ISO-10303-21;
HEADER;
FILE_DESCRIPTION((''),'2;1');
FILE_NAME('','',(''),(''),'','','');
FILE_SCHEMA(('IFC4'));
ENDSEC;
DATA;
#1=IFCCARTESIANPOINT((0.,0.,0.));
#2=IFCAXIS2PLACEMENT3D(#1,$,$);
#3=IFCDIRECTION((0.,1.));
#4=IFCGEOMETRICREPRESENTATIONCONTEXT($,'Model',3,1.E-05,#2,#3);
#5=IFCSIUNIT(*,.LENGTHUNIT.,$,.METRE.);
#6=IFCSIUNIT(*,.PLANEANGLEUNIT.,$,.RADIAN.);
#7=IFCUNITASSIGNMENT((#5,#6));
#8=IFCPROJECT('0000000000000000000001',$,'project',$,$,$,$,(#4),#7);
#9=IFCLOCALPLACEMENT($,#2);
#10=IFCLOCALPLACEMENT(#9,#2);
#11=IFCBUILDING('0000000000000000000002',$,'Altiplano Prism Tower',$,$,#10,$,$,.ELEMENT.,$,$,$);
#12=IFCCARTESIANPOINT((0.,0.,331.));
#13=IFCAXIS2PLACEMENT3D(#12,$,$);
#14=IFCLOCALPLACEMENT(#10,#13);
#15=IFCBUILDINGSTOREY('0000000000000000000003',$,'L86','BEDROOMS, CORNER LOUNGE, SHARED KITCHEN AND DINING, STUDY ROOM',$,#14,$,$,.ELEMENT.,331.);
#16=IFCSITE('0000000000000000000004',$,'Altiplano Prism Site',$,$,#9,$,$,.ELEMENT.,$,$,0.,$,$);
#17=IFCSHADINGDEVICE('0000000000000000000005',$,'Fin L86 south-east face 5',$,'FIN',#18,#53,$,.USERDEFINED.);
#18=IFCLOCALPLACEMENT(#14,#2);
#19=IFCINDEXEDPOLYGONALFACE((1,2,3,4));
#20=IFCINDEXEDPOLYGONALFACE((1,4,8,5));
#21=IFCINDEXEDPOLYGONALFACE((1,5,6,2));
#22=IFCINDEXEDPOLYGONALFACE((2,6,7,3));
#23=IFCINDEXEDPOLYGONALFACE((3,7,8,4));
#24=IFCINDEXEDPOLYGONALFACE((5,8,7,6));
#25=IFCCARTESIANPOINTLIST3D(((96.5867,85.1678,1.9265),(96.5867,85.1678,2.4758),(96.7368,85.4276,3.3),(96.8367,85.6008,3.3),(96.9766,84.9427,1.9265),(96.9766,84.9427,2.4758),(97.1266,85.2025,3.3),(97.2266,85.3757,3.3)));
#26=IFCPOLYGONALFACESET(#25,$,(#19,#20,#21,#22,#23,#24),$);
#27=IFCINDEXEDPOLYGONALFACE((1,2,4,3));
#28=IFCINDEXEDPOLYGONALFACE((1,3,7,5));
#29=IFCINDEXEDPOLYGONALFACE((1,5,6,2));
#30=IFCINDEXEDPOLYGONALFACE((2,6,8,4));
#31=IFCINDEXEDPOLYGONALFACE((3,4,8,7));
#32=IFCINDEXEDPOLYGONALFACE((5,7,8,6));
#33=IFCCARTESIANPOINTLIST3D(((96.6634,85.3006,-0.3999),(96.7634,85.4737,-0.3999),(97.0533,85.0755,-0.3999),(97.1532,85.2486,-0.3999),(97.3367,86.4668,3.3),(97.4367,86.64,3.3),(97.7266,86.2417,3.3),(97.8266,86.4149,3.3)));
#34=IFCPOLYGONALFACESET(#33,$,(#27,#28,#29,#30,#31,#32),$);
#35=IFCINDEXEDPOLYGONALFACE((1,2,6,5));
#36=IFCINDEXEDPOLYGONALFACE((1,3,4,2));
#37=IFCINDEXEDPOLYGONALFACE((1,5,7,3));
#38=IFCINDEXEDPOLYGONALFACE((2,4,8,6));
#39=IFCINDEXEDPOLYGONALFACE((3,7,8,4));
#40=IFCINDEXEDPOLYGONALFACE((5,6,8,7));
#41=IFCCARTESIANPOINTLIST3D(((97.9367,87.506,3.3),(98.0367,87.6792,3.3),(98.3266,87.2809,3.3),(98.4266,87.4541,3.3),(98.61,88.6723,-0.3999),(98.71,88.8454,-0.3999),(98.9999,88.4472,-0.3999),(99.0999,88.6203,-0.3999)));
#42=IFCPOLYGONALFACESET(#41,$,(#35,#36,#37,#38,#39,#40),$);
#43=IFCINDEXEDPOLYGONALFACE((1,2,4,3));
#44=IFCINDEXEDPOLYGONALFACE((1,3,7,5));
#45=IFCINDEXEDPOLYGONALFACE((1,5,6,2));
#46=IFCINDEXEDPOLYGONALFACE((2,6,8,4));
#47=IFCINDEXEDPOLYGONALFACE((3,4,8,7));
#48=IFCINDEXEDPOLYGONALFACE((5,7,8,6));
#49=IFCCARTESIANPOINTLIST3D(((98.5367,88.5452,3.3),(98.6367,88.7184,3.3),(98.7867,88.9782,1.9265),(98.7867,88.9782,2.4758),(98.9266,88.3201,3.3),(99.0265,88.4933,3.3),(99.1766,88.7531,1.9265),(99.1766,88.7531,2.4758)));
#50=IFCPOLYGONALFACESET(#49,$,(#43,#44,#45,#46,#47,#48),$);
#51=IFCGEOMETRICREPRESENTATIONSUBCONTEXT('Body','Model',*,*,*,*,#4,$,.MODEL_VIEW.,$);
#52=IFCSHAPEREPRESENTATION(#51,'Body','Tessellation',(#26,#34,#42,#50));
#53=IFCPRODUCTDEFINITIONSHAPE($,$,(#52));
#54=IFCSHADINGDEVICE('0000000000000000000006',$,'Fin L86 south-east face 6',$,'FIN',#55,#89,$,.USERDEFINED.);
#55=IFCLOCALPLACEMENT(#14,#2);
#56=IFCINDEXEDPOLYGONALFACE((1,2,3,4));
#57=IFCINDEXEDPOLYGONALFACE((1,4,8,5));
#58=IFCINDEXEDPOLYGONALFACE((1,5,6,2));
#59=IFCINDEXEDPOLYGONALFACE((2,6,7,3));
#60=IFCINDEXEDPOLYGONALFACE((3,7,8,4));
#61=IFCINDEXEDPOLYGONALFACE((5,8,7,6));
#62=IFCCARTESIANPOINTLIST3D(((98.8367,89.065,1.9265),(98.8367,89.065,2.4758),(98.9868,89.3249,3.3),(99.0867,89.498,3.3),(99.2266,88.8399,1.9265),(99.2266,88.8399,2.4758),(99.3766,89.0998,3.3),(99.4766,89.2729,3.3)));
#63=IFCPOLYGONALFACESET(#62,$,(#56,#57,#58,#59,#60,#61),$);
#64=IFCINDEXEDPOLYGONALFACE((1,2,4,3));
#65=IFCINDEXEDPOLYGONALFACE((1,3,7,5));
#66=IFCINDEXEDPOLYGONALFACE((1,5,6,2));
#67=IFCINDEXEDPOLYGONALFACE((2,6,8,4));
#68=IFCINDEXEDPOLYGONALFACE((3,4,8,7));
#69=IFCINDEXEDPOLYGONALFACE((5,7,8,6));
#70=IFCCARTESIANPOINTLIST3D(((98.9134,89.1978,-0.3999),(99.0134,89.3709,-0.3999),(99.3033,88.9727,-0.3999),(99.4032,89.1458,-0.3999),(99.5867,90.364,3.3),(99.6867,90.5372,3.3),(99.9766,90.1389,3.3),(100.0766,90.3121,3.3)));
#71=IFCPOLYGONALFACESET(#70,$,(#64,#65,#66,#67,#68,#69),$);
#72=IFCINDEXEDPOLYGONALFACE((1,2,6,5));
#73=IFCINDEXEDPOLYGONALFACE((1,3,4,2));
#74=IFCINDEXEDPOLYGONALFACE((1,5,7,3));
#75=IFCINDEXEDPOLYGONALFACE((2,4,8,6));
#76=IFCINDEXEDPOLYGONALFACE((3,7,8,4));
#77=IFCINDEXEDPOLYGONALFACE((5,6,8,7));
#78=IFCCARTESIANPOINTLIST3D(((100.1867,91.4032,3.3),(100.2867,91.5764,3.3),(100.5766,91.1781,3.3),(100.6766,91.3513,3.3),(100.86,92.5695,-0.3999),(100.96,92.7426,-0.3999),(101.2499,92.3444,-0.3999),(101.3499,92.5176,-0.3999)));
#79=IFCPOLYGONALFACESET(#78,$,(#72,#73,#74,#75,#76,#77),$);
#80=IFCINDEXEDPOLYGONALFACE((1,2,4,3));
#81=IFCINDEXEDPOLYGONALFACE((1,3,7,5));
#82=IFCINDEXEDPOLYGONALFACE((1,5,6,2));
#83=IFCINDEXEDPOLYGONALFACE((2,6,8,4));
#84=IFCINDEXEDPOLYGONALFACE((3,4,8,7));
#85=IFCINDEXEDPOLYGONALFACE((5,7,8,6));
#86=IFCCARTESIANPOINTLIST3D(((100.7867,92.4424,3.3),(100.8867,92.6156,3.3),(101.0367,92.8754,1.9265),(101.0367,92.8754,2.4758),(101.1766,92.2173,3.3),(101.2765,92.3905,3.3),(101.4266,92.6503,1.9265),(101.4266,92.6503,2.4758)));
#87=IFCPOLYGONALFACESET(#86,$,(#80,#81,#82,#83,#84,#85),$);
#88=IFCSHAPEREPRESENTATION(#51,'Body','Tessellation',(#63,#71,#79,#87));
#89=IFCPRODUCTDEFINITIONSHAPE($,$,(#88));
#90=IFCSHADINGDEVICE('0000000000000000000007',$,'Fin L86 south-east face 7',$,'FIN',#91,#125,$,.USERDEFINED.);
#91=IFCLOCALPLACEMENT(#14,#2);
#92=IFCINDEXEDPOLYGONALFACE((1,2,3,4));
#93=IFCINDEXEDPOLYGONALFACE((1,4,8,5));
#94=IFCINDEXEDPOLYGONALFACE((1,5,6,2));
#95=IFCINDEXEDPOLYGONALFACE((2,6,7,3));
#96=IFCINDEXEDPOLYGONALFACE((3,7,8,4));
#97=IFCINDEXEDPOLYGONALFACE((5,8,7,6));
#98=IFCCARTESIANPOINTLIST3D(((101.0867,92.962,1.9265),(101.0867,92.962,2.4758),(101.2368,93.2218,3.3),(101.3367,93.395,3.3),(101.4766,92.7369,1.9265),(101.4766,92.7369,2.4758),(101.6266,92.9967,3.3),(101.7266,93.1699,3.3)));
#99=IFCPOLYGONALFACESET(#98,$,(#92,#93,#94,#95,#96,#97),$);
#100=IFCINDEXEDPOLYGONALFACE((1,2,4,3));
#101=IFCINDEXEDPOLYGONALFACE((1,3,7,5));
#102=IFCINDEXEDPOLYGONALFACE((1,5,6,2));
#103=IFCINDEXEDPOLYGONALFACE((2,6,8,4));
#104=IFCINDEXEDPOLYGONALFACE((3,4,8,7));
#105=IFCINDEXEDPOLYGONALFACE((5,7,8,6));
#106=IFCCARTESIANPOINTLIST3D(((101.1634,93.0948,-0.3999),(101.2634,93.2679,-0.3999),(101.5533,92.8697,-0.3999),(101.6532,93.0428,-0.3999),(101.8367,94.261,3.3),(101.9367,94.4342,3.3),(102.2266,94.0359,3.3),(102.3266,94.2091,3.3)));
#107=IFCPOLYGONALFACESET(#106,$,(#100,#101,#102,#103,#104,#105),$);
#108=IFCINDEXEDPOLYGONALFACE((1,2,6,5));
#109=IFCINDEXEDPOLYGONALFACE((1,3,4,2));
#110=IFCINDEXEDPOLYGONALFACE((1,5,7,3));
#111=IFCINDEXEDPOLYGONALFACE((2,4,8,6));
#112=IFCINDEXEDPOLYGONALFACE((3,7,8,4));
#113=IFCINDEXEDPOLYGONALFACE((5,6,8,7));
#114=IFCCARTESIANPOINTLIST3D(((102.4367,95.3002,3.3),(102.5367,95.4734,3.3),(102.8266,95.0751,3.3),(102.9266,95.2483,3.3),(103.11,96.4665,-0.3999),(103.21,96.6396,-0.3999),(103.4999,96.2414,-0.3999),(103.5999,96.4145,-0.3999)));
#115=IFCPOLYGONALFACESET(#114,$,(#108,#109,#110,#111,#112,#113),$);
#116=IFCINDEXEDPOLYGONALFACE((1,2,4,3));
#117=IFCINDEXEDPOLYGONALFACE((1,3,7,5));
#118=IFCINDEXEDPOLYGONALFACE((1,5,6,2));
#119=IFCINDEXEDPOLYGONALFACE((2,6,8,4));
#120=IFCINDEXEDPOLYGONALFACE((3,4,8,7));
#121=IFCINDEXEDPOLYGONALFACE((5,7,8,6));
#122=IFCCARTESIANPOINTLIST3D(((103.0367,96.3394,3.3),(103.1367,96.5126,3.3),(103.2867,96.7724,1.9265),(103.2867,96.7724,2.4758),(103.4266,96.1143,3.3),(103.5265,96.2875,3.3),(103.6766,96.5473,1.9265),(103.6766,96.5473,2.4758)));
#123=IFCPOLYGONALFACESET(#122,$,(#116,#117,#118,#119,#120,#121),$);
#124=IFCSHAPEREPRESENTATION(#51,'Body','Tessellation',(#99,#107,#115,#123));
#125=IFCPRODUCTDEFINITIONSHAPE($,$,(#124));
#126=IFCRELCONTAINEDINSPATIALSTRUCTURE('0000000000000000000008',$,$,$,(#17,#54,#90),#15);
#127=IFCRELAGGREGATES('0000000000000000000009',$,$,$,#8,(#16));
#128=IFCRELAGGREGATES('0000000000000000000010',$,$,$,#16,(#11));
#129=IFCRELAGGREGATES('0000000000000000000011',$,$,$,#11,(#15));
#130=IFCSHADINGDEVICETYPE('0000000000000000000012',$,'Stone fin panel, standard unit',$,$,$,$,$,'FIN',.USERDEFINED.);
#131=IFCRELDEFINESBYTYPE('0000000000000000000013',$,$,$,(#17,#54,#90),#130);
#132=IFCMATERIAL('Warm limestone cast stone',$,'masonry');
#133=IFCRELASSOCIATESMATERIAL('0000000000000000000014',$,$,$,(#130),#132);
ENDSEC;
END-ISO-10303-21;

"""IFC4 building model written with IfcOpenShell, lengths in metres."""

from ifc_helpers import new_model, si_unit, direction, frame, origin, place, context, subcontext, project, spatial, polyline, outline, extrude, source, transform, mapped, material, type_object, element, save


model = new_model("IFC4")

# Units and contexts
model_context = context("Model", 3, precision=1e-05, world=origin(), true_north=direction((0.0, 1.0)))
body_context = subcontext(model_context, "Body", "Model", "MODEL_VIEW")
ifc_project = project(units=[si_unit("LENGTHUNIT", "METRE"), si_unit("PLANEANGLEUNIT", "RADIAN")], contexts=[model_context])

# Site, building, storey
site_placement = place(None, origin())
site = spatial("IfcSite", under=ifc_project, at=site_placement, Name="Altiplano Prism Site", CompositionType="ELEMENT", RefElevation=0.0)
building_placement = place(site_placement, origin())
building = spatial("IfcBuilding", under=site, at=building_placement, Name="Altiplano Prism Tower", CompositionType="ELEMENT")
storey_placement = place(building_placement, frame((0.0, 0.0, 331.0)))
storey = spatial("IfcBuildingStorey", under=building, at=storey_placement, Name="L86", Description="BEDROOMS, CORNER LOUNGE, SHARED KITCHEN AND DINING, STUDY ROOM", CompositionType="ELEMENT", Elevation=331.0)

# Shading devices
ifc_material_1 = material(Name="Warm limestone cast stone", Category="masonry")
shading_device_type_1 = type_object("IfcShadingDeviceType", Name="Stone fin panel, standard unit", ElementType="FIN", PredefinedType="USERDEFINED", material=ifc_material_1)
shared_shape_1 = source(origin(), body_context, "Body", "SweptSolid", [
    extrude(outline(polyline([(-2.2, 2.3264), (-1.7, 3.7), (-1.8999, 3.7), (-2.2, 2.8757), (-2.2, 2.3264)])), frame((0.0, -0.1499, 0.0), z_axis=(0.0, -1.0, 0.0), x_axis=(1.0, 0.0, 0.0)), (0.0, 0.0, 1.0), 0.4502),
    extrude(outline(polyline([(-2.0466, 0.0), (-1.8467, 0.0), (-0.5, 3.7), (-0.7, 3.7), (-2.0466, 0.0)])), frame((0.0, -0.1499, 0.0), z_axis=(0.0, -1.0, 0.0), x_axis=(1.0, 0.0, 0.0)), (0.0, 0.0, 1.0), 0.4502),
    extrude(outline(polyline([(1.8467, 0.0), (2.0466, 0.0), (0.7, 3.7), (0.5, 3.7), (1.8467, 0.0)])), frame((0.0, -0.1499, 0.0), z_axis=(0.0, -1.0, 0.0), x_axis=(1.0, 0.0, 0.0)), (0.0, 0.0, 1.0), 0.4502),
    extrude(outline(polyline([(2.2, 2.8757), (1.8999, 3.7), (1.7, 3.7), (2.2, 2.3264), (2.2, 2.8757)])), frame((0.0, -0.1499, 0.0), z_axis=(0.0, -1.0, 0.0), x_axis=(1.0, 0.0, 0.0)), (0.0, 0.0, 1.0), 0.4502),
])
shading_device_1_placement = place(storey_placement, origin())
element("IfcShadingDevice", 1, at=shading_device_1_placement, inside=storey, type_object=shading_device_type_1, Name="Fin L86 south-east face 5", ObjectType="FIN", PredefinedType="USERDEFINED", context=body_context, shape_type="MappedRepresentation", body=[
    mapped(shared_shape_1, transform((97.5569, 87.1479, -0.3999), x_axis=(0.5, 0.866025, 0.0), y_axis=(-0.866025, 0.5, 0.0), z_axis=(0.0, 0.0, 1.0))),
])
shading_device_2_placement = place(storey_placement, origin())
element("IfcShadingDevice", 2, at=shading_device_2_placement, inside=storey, type_object=shading_device_type_1, Name="Fin L86 south-east face 6", ObjectType="FIN", PredefinedType="USERDEFINED", context=body_context, shape_type="MappedRepresentation", body=[
    mapped(shared_shape_1, transform((99.8069, 91.0452, -0.3999), x_axis=(0.5, 0.866025, 0.0), y_axis=(-0.866025, 0.5, 0.0), z_axis=(0.0, 0.0, 1.0))),
])
shading_device_3_placement = place(storey_placement, origin())
element("IfcShadingDevice", 3, at=shading_device_3_placement, inside=storey, type_object=shading_device_type_1, Name="Fin L86 south-east face 7", ObjectType="FIN", PredefinedType="USERDEFINED", context=body_context, shape_type="MappedRepresentation", body=[
    mapped(shared_shape_1, transform((102.0569, 94.9421, -0.3999), x_axis=(0.5, 0.866025, 0.0), y_axis=(-0.866025, 0.5, 0.0), z_axis=(0.0, 0.0, 1.0))),
])

save(model, "model.ifc")
